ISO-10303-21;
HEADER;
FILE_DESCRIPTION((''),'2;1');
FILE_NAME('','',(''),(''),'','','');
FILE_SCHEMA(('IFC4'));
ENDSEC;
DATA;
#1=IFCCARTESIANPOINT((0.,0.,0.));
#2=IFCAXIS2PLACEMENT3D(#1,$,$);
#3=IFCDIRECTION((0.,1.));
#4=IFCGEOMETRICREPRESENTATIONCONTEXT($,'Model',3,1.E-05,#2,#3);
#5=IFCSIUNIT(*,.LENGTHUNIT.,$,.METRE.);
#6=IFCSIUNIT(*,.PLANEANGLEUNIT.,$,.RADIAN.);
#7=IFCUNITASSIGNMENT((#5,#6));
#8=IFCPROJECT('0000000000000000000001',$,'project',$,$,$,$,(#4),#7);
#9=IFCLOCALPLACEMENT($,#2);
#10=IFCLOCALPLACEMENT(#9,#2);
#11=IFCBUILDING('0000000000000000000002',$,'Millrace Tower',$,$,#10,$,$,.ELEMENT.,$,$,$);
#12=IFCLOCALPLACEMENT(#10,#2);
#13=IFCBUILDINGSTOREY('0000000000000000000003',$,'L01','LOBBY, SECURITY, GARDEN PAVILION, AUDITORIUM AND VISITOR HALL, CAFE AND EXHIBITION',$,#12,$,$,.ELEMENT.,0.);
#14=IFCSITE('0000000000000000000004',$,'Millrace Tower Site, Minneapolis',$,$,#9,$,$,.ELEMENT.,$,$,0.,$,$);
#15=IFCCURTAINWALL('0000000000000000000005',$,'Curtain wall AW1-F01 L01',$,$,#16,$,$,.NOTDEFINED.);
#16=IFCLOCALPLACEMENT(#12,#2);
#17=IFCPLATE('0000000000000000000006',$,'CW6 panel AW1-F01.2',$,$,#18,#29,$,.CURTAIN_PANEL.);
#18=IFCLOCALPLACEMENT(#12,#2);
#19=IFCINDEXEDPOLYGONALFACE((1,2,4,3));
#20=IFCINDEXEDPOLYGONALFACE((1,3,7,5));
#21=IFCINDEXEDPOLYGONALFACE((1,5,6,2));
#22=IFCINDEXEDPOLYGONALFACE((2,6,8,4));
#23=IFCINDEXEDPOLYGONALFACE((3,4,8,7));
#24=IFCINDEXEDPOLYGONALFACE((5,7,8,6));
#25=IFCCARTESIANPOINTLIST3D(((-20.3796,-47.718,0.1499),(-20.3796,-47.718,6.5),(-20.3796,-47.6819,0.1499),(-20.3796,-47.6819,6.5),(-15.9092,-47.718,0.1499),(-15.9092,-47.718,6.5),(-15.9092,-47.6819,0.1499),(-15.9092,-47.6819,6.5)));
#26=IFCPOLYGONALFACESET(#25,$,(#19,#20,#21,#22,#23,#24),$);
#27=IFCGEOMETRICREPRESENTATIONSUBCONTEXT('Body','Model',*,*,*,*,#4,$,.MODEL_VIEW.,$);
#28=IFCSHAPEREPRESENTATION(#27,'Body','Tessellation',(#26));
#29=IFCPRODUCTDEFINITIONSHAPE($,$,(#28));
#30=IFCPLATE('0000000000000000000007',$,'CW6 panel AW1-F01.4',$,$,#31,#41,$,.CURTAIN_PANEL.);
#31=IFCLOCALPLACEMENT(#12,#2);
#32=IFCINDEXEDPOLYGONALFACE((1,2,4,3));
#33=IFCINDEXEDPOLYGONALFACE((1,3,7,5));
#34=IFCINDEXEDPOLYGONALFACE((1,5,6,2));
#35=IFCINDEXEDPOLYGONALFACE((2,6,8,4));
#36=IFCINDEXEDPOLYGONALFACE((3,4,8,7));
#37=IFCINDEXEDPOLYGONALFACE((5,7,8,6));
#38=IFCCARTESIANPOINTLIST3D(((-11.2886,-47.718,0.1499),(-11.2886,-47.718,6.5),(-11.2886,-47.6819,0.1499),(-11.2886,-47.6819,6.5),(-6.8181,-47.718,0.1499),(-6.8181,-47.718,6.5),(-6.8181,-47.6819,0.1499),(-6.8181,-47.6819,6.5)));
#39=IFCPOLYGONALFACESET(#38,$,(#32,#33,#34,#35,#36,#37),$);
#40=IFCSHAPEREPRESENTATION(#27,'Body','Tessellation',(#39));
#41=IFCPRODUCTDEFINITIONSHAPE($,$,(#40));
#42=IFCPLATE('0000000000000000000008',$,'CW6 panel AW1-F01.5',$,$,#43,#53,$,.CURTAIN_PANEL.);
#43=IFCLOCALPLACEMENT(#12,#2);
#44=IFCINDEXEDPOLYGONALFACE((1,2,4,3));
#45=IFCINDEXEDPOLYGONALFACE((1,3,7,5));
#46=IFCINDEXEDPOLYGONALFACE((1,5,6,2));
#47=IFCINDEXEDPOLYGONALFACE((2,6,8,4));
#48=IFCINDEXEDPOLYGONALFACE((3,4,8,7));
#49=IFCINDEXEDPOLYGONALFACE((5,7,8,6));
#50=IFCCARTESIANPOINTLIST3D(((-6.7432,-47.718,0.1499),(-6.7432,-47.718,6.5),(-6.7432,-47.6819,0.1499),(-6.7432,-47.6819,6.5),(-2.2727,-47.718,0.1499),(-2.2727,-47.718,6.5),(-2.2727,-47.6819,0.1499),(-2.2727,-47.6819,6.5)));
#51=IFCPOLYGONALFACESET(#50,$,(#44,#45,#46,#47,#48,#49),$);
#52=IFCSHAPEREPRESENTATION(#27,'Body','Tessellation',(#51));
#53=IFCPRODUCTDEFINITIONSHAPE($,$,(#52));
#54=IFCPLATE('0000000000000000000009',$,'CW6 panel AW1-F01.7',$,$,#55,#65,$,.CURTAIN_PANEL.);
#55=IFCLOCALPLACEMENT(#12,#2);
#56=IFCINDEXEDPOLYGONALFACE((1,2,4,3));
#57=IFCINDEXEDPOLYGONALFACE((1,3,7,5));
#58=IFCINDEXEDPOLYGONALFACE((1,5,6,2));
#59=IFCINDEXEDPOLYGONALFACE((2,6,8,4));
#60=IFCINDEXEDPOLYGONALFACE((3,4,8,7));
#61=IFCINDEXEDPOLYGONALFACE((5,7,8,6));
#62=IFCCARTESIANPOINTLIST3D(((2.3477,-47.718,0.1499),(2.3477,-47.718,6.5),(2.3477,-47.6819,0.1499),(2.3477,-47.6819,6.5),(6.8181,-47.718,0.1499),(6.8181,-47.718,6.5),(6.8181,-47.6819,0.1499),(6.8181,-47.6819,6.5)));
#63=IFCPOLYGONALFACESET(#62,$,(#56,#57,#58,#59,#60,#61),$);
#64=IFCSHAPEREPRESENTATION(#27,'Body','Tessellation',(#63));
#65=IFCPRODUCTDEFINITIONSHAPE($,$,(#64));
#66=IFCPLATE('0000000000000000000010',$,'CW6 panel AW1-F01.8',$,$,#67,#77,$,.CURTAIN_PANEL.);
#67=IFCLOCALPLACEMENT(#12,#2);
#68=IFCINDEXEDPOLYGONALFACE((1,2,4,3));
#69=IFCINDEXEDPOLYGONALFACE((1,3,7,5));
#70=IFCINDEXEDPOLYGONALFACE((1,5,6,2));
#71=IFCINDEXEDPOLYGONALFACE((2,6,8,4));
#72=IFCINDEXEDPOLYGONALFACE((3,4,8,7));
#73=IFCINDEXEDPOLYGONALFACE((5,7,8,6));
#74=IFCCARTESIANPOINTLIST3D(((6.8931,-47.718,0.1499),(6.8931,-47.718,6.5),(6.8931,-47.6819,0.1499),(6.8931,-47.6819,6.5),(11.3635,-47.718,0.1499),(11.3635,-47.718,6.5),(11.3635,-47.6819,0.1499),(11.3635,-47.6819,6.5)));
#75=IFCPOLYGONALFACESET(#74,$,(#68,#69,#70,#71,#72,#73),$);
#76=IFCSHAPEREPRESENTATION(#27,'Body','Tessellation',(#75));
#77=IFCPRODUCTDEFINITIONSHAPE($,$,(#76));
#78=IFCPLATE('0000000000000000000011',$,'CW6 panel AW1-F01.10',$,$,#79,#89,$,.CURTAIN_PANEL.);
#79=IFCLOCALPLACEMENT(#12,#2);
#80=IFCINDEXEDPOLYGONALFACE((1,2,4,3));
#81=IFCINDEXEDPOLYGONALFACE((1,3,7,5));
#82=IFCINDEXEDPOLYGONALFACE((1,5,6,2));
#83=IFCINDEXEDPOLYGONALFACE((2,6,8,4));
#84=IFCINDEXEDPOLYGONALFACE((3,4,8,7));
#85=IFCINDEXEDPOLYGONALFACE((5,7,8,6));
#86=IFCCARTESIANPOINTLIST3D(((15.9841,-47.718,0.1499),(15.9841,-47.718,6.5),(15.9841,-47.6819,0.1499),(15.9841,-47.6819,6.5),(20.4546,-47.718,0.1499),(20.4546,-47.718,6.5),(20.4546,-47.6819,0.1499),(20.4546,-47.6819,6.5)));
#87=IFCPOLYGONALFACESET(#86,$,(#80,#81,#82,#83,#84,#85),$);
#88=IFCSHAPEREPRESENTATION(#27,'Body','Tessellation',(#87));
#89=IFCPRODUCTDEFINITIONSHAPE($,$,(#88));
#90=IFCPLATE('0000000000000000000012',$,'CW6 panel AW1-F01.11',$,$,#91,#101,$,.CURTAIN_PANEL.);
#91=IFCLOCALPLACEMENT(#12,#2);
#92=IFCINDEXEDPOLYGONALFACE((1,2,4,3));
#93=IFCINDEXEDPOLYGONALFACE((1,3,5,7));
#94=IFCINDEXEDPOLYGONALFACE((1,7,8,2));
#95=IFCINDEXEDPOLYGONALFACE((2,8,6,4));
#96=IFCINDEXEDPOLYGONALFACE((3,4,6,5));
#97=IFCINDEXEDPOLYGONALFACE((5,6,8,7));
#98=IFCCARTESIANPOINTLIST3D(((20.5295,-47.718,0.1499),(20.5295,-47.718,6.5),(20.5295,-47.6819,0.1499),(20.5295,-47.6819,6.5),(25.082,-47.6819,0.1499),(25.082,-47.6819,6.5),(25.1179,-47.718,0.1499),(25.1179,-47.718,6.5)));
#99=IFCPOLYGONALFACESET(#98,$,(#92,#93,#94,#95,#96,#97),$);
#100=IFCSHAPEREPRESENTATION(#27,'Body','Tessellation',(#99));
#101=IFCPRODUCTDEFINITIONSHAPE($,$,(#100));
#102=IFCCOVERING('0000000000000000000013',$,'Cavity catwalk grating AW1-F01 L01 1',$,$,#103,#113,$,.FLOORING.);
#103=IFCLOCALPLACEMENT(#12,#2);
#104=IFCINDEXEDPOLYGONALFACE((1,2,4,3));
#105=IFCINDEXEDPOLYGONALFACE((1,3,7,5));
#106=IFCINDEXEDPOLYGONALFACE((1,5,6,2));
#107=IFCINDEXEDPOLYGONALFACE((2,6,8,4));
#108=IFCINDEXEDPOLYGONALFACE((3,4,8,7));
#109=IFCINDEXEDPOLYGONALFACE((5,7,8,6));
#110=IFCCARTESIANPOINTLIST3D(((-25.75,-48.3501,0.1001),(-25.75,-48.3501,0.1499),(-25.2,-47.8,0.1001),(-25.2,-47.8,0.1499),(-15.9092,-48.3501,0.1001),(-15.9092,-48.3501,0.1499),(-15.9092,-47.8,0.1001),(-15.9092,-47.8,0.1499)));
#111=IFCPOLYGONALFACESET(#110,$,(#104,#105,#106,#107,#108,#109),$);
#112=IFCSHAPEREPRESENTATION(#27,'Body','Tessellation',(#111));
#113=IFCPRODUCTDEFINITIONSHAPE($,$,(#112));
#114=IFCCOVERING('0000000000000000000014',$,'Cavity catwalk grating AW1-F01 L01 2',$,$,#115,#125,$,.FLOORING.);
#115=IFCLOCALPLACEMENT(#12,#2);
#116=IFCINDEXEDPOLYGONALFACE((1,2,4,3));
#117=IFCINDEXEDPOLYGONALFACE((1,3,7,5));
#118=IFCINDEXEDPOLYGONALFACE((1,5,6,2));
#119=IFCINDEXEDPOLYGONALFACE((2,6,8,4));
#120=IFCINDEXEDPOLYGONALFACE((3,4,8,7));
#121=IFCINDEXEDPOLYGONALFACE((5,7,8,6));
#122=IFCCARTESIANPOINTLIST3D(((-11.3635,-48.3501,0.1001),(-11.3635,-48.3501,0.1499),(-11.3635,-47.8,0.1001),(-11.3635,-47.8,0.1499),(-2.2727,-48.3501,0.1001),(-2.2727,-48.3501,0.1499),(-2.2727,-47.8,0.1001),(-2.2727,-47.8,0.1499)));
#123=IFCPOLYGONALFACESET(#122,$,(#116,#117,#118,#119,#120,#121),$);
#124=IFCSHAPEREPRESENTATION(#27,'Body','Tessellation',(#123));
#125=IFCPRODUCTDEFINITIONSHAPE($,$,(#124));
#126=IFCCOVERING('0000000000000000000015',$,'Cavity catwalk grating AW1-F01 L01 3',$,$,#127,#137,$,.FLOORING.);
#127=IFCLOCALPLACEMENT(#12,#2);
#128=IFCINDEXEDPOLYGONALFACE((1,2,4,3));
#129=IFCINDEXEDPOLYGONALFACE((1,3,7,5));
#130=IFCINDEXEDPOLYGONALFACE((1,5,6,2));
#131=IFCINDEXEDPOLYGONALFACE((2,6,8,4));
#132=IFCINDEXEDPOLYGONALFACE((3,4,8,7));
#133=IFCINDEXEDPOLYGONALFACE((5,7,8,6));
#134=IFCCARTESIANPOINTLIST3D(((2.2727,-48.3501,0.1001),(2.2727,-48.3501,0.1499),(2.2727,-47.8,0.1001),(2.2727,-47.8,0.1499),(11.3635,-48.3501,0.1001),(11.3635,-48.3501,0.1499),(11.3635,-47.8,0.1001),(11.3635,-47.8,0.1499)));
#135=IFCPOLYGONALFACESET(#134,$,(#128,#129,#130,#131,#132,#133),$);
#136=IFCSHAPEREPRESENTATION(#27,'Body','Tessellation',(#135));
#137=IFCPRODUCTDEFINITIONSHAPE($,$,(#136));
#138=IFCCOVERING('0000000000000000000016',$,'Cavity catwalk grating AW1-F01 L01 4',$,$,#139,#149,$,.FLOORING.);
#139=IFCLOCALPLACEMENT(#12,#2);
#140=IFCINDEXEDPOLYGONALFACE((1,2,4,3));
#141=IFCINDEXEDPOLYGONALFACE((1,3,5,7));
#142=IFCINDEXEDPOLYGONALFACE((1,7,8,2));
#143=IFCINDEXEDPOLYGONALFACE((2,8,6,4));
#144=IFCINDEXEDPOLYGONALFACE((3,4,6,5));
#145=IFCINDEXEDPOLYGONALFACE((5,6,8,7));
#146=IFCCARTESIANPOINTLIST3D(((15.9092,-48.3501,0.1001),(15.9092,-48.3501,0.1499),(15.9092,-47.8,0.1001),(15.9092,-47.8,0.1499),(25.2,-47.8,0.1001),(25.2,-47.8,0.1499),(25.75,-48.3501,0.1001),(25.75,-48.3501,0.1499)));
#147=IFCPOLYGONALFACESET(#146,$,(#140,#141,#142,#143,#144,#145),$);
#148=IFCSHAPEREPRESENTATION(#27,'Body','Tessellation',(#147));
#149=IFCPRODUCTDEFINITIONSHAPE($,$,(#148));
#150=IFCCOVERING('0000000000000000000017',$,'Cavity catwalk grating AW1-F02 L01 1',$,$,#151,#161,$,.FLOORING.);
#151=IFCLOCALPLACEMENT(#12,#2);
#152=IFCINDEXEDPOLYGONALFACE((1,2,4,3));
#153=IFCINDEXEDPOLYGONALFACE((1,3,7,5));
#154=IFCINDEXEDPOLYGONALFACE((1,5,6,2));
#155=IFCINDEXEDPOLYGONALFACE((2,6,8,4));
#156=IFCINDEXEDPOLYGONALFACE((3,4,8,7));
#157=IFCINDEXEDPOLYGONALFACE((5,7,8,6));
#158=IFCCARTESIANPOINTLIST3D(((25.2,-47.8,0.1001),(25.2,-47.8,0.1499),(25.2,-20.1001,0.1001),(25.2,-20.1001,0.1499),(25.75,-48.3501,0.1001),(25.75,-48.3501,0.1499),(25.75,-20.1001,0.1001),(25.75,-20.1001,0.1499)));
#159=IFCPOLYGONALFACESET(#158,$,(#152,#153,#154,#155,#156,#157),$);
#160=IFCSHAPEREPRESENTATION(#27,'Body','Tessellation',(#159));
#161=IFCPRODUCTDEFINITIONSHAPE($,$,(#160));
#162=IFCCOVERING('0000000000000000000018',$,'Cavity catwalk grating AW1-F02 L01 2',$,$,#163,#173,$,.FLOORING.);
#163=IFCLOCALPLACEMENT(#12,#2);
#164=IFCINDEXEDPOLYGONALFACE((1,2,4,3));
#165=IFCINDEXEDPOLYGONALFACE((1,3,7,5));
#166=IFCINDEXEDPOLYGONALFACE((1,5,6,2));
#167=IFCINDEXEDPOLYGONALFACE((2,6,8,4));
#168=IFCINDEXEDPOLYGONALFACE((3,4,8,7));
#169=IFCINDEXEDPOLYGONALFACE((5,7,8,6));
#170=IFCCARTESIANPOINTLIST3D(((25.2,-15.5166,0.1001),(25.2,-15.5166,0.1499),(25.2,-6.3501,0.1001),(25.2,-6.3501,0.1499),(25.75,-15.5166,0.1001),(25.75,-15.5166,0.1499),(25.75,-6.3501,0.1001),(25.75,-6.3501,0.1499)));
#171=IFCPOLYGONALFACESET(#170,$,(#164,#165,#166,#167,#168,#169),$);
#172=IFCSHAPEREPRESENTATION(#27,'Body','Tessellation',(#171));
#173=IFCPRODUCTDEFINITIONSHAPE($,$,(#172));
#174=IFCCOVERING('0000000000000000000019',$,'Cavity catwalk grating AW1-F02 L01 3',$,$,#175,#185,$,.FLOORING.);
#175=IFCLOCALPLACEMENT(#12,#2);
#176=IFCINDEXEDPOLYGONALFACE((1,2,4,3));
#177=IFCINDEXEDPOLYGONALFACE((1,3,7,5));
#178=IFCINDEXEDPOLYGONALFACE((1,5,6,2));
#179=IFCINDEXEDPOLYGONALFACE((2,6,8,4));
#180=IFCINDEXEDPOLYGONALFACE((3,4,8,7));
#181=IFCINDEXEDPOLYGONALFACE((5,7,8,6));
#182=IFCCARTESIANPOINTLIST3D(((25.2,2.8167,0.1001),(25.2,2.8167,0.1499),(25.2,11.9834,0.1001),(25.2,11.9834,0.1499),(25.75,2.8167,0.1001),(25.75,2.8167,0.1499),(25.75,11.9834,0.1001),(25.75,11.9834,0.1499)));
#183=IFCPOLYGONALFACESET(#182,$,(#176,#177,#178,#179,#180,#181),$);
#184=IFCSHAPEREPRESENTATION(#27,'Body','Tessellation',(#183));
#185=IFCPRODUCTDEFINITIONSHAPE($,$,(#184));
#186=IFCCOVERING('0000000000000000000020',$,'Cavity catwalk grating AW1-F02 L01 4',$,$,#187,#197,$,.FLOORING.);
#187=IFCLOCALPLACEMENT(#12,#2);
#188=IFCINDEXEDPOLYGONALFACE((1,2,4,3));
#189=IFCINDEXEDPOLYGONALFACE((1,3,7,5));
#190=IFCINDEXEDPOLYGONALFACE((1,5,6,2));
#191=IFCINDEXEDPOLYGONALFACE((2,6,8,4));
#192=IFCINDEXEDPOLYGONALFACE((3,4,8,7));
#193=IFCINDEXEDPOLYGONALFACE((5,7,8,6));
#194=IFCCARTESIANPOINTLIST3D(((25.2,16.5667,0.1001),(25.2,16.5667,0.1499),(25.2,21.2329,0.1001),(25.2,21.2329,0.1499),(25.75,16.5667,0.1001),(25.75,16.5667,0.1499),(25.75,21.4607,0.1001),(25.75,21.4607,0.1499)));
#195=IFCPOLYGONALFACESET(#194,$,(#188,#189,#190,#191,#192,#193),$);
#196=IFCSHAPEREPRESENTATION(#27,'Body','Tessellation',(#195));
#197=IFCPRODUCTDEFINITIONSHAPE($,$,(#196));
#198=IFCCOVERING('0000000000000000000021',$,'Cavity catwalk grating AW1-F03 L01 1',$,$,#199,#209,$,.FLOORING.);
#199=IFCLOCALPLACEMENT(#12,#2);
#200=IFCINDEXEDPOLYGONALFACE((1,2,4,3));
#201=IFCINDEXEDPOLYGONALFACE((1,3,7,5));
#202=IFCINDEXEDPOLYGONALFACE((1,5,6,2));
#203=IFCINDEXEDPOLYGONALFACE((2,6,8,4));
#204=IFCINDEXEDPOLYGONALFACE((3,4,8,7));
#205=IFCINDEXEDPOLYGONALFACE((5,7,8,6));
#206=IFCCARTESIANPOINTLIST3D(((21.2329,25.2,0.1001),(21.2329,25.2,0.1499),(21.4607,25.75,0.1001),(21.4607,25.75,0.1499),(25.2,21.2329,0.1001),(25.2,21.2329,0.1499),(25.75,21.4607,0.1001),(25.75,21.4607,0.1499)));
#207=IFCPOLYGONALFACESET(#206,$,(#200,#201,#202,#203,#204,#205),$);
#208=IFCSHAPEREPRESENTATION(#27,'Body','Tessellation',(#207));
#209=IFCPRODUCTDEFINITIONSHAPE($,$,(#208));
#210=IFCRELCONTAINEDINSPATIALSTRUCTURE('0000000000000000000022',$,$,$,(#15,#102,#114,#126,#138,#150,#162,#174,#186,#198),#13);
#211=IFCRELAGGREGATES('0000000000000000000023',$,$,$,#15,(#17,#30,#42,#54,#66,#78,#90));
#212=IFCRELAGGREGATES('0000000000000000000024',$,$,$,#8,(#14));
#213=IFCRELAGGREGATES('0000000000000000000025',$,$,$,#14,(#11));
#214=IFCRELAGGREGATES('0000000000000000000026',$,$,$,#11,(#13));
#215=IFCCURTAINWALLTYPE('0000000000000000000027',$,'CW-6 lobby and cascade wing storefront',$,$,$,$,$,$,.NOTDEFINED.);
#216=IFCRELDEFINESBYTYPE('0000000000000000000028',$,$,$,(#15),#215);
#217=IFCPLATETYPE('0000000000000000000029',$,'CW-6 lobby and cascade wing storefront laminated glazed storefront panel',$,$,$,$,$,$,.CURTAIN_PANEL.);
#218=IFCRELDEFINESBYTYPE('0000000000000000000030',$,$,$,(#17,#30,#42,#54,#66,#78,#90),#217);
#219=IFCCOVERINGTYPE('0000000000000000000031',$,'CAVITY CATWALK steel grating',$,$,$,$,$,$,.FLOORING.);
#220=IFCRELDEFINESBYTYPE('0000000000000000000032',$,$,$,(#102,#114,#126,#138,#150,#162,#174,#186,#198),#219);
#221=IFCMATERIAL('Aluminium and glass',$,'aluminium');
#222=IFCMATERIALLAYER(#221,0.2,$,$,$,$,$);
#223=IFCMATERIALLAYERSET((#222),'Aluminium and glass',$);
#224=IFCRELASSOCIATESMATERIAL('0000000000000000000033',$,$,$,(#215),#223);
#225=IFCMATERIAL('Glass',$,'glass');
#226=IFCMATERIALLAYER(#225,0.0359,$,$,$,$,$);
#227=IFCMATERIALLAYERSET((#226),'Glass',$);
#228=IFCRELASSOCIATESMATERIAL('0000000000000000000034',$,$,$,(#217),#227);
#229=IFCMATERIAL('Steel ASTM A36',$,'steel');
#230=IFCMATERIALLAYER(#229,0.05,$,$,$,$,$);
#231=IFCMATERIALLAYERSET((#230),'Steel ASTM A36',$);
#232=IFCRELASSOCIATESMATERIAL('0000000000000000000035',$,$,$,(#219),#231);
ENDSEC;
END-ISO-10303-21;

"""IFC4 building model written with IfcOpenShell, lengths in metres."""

from ifc_helpers import new_model, si_unit, direction, frame, origin, place, context, subcontext, project, spatial, polyline, outline, extrude, material, layer, layer_set, type_object, element, aggregate, save


model = new_model("IFC4")

# Units and contexts
model_context = context("Model", 3, precision=1e-05, world=origin(), true_north=direction((0.0, 1.0)))
body_context = subcontext(model_context, "Body", "Model", "MODEL_VIEW")
ifc_project = project(units=[si_unit("LENGTHUNIT", "METRE"), si_unit("PLANEANGLEUNIT", "RADIAN")], contexts=[model_context])

# Site, building, storey
site_placement = place(None, origin())
site = spatial("IfcSite", under=ifc_project, at=site_placement, Name="Millrace Tower Site, Minneapolis", CompositionType="ELEMENT", RefElevation=0.0)
building_placement = place(site_placement, origin())
building = spatial("IfcBuilding", under=site, at=building_placement, Name="Millrace Tower", CompositionType="ELEMENT")
storey_placement = place(building_placement, origin())
storey = spatial("IfcBuildingStorey", under=building, at=storey_placement, Name="L01", Description="LOBBY, SECURITY, GARDEN PAVILION, AUDITORIUM AND VISITOR HALL, CAFE AND EXHIBITION", CompositionType="ELEMENT", Elevation=0.0)

# Curtain wall, plates
ifc_material_1 = material(Name="Aluminium and glass", Category="aluminium")
ifc_layer_1 = layer(ifc_material_1, 0.2)
ifc_layer_set_1 = layer_set([ifc_layer_1], Name="Aluminium and glass")
curtain_wall_type = type_object("IfcCurtainWallType", Name="CW-6 lobby and cascade wing storefront", PredefinedType="NOTDEFINED", material=ifc_layer_set_1)
curtain_wall_placement = place(storey_placement, origin())
curtain_wall = element("IfcCurtainWall", 1, at=curtain_wall_placement, inside=storey, type_object=curtain_wall_type, Name="Curtain wall AW1-F01 L01", PredefinedType="NOTDEFINED")
ifc_material_2 = material(Name="Glass", Category="glass")
ifc_layer_2 = layer(ifc_material_2, 0.0359)
ifc_layer_set_2 = layer_set([ifc_layer_2], Name="Glass")
plate_type = type_object("IfcPlateType", Name="CW-6 lobby and cascade wing storefront laminated glazed storefront panel", PredefinedType="CURTAIN_PANEL", material=ifc_layer_set_2)
placement_1 = place(storey_placement, frame((0.0, 0.0, 0.1499)))
plate_1 = element("IfcPlate", 2, at=placement_1, type_object=plate_type, Name="CW6 panel AW1-F01.2", PredefinedType="CURTAIN_PANEL", context=body_context, shape_type="SweptSolid", body=[
    extrude(outline(polyline([(-20.3796, -47.718), (-15.9092, -47.718), (-15.9092, -47.6819), (-20.3796, -47.6819), (-20.3796, -47.718)])), origin(), (0.0, 0.0, 1.0), 6.3501),
])
plate_2 = element("IfcPlate", 3, at=placement_1, type_object=plate_type, Name="CW6 panel AW1-F01.4", PredefinedType="CURTAIN_PANEL", context=body_context, shape_type="SweptSolid", body=[
    extrude(outline(polyline([(-11.2886, -47.718), (-6.8181, -47.718), (-6.8181, -47.6819), (-11.2886, -47.6819), (-11.2886, -47.718)])), origin(), (0.0, 0.0, 1.0), 6.3501),
])
plate_3 = element("IfcPlate", 4, at=placement_1, type_object=plate_type, Name="CW6 panel AW1-F01.5", PredefinedType="CURTAIN_PANEL", context=body_context, shape_type="SweptSolid", body=[
    extrude(outline(polyline([(-6.7432, -47.718), (-2.2727, -47.718), (-2.2727, -47.6819), (-6.7432, -47.6819), (-6.7432, -47.718)])), origin(), (0.0, 0.0, 1.0), 6.3501),
])
plate_4 = element("IfcPlate", 5, at=placement_1, type_object=plate_type, Name="CW6 panel AW1-F01.7", PredefinedType="CURTAIN_PANEL", context=body_context, shape_type="SweptSolid", body=[
    extrude(outline(polyline([(2.3477, -47.718), (6.8181, -47.718), (6.8181, -47.6819), (2.3477, -47.6819), (2.3477, -47.718)])), origin(), (0.0, 0.0, 1.0), 6.3501),
])
plate_5 = element("IfcPlate", 6, at=placement_1, type_object=plate_type, Name="CW6 panel AW1-F01.8", PredefinedType="CURTAIN_PANEL", context=body_context, shape_type="SweptSolid", body=[
    extrude(outline(polyline([(6.8931, -47.718), (11.3635, -47.718), (11.3635, -47.6819), (6.8931, -47.6819), (6.8931, -47.718)])), origin(), (0.0, 0.0, 1.0), 6.3501),
])
plate_6 = element("IfcPlate", 7, at=placement_1, type_object=plate_type, Name="CW6 panel AW1-F01.10", PredefinedType="CURTAIN_PANEL", context=body_context, shape_type="SweptSolid", body=[
    extrude(outline(polyline([(15.9841, -47.718), (20.4546, -47.718), (20.4546, -47.6819), (15.9841, -47.6819), (15.9841, -47.718)])), origin(), (0.0, 0.0, 1.0), 6.3501),
])
plate_7 = element("IfcPlate", 8, at=placement_1, type_object=plate_type, Name="CW6 panel AW1-F01.11", PredefinedType="CURTAIN_PANEL", context=body_context, shape_type="SweptSolid", body=[
    extrude(outline(polyline([(20.5295, -47.718), (25.1179, -47.718), (25.082, -47.6819), (20.5295, -47.6819), (20.5295, -47.718)])), origin(), (0.0, 0.0, 1.0), 6.3501),
])
aggregate(curtain_wall, [plate_1, plate_2, plate_3, plate_4, plate_5, plate_6, plate_7])

# Coverings
ifc_material_3 = material(Name="Steel ASTM A36", Category="steel")
ifc_layer_3 = layer(ifc_material_3, 0.05)
ifc_layer_set_3 = layer_set([ifc_layer_3], Name="Steel ASTM A36")
covering_type = type_object("IfcCoveringType", Name="CAVITY CATWALK steel grating", PredefinedType="FLOORING", material=ifc_layer_set_3)
placement_2 = place(storey_placement, frame((0.0, 0.0, 0.1001)))
element("IfcCovering", 9, at=placement_2, inside=storey, type_object=covering_type, Name="Cavity catwalk grating AW1-F01 L01 1", PredefinedType="FLOORING", context=body_context, shape_type="SweptSolid", body=[
    extrude(outline(polyline([(-25.75, -48.3501), (-15.9092, -48.3501), (-15.9092, -47.8), (-25.2, -47.8), (-25.75, -48.3501)])), origin(), (0.0, 0.0, 1.0), 0.0498),
])
element("IfcCovering", 10, at=placement_2, inside=storey, type_object=covering_type, Name="Cavity catwalk grating AW1-F01 L01 2", PredefinedType="FLOORING", context=body_context, shape_type="SweptSolid", body=[
    extrude(outline(polyline([(-11.3635, -48.3501), (-2.2727, -48.3501), (-2.2727, -47.8), (-11.3635, -47.8), (-11.3635, -48.3501)])), origin(), (0.0, 0.0, 1.0), 0.0498),
])
element("IfcCovering", 11, at=placement_2, inside=storey, type_object=covering_type, Name="Cavity catwalk grating AW1-F01 L01 3", PredefinedType="FLOORING", context=body_context, shape_type="SweptSolid", body=[
    extrude(outline(polyline([(2.2727, -48.3501), (11.3635, -48.3501), (11.3635, -47.8), (2.2727, -47.8), (2.2727, -48.3501)])), origin(), (0.0, 0.0, 1.0), 0.0498),
])
element("IfcCovering", 12, at=placement_2, inside=storey, type_object=covering_type, Name="Cavity catwalk grating AW1-F01 L01 4", PredefinedType="FLOORING", context=body_context, shape_type="SweptSolid", body=[
    extrude(outline(polyline([(15.9092, -48.3501), (25.75, -48.3501), (25.2, -47.8), (15.9092, -47.8), (15.9092, -48.3501)])), origin(), (0.0, 0.0, 1.0), 0.0498),
])
element("IfcCovering", 13, at=placement_2, inside=storey, type_object=covering_type, Name="Cavity catwalk grating AW1-F02 L01 1", PredefinedType="FLOORING", context=body_context, shape_type="SweptSolid", body=[
    extrude(outline(polyline([(25.75, -48.3501), (25.75, -20.1001), (25.2, -20.1001), (25.2, -47.8), (25.75, -48.3501)])), origin(), (0.0, 0.0, 1.0), 0.0498),
])
element("IfcCovering", 14, at=placement_2, inside=storey, type_object=covering_type, Name="Cavity catwalk grating AW1-F02 L01 2", PredefinedType="FLOORING", context=body_context, shape_type="SweptSolid", body=[
    extrude(outline(polyline([(25.75, -15.5166), (25.75, -6.3501), (25.2, -6.3501), (25.2, -15.5166), (25.75, -15.5166)])), origin(), (0.0, 0.0, 1.0), 0.0498),
])
element("IfcCovering", 15, at=placement_2, inside=storey, type_object=covering_type, Name="Cavity catwalk grating AW1-F02 L01 3", PredefinedType="FLOORING", context=body_context, shape_type="SweptSolid", body=[
    extrude(outline(polyline([(25.75, 2.8167), (25.75, 11.9834), (25.2, 11.9834), (25.2, 2.8167), (25.75, 2.8167)])), origin(), (0.0, 0.0, 1.0), 0.0498),
])
element("IfcCovering", 16, at=placement_2, inside=storey, type_object=covering_type, Name="Cavity catwalk grating AW1-F02 L01 4", PredefinedType="FLOORING", context=body_context, shape_type="SweptSolid", body=[
    extrude(outline(polyline([(25.75, 16.5667), (25.75, 21.4607), (25.2, 21.2329), (25.2, 16.5667), (25.75, 16.5667)])), origin(), (0.0, 0.0, 1.0), 0.0498),
])
element("IfcCovering", 17, at=placement_2, inside=storey, type_object=covering_type, Name="Cavity catwalk grating AW1-F03 L01 1", PredefinedType="FLOORING", context=body_context, shape_type="SweptSolid", body=[
    extrude(outline(polyline([(25.75, 21.4607), (21.4607, 25.75), (21.2329, 25.2), (25.2, 21.2329), (25.75, 21.4607)])), origin(), (0.0, 0.0, 1.0), 0.0498),
])

save(model, "model.ifc")
